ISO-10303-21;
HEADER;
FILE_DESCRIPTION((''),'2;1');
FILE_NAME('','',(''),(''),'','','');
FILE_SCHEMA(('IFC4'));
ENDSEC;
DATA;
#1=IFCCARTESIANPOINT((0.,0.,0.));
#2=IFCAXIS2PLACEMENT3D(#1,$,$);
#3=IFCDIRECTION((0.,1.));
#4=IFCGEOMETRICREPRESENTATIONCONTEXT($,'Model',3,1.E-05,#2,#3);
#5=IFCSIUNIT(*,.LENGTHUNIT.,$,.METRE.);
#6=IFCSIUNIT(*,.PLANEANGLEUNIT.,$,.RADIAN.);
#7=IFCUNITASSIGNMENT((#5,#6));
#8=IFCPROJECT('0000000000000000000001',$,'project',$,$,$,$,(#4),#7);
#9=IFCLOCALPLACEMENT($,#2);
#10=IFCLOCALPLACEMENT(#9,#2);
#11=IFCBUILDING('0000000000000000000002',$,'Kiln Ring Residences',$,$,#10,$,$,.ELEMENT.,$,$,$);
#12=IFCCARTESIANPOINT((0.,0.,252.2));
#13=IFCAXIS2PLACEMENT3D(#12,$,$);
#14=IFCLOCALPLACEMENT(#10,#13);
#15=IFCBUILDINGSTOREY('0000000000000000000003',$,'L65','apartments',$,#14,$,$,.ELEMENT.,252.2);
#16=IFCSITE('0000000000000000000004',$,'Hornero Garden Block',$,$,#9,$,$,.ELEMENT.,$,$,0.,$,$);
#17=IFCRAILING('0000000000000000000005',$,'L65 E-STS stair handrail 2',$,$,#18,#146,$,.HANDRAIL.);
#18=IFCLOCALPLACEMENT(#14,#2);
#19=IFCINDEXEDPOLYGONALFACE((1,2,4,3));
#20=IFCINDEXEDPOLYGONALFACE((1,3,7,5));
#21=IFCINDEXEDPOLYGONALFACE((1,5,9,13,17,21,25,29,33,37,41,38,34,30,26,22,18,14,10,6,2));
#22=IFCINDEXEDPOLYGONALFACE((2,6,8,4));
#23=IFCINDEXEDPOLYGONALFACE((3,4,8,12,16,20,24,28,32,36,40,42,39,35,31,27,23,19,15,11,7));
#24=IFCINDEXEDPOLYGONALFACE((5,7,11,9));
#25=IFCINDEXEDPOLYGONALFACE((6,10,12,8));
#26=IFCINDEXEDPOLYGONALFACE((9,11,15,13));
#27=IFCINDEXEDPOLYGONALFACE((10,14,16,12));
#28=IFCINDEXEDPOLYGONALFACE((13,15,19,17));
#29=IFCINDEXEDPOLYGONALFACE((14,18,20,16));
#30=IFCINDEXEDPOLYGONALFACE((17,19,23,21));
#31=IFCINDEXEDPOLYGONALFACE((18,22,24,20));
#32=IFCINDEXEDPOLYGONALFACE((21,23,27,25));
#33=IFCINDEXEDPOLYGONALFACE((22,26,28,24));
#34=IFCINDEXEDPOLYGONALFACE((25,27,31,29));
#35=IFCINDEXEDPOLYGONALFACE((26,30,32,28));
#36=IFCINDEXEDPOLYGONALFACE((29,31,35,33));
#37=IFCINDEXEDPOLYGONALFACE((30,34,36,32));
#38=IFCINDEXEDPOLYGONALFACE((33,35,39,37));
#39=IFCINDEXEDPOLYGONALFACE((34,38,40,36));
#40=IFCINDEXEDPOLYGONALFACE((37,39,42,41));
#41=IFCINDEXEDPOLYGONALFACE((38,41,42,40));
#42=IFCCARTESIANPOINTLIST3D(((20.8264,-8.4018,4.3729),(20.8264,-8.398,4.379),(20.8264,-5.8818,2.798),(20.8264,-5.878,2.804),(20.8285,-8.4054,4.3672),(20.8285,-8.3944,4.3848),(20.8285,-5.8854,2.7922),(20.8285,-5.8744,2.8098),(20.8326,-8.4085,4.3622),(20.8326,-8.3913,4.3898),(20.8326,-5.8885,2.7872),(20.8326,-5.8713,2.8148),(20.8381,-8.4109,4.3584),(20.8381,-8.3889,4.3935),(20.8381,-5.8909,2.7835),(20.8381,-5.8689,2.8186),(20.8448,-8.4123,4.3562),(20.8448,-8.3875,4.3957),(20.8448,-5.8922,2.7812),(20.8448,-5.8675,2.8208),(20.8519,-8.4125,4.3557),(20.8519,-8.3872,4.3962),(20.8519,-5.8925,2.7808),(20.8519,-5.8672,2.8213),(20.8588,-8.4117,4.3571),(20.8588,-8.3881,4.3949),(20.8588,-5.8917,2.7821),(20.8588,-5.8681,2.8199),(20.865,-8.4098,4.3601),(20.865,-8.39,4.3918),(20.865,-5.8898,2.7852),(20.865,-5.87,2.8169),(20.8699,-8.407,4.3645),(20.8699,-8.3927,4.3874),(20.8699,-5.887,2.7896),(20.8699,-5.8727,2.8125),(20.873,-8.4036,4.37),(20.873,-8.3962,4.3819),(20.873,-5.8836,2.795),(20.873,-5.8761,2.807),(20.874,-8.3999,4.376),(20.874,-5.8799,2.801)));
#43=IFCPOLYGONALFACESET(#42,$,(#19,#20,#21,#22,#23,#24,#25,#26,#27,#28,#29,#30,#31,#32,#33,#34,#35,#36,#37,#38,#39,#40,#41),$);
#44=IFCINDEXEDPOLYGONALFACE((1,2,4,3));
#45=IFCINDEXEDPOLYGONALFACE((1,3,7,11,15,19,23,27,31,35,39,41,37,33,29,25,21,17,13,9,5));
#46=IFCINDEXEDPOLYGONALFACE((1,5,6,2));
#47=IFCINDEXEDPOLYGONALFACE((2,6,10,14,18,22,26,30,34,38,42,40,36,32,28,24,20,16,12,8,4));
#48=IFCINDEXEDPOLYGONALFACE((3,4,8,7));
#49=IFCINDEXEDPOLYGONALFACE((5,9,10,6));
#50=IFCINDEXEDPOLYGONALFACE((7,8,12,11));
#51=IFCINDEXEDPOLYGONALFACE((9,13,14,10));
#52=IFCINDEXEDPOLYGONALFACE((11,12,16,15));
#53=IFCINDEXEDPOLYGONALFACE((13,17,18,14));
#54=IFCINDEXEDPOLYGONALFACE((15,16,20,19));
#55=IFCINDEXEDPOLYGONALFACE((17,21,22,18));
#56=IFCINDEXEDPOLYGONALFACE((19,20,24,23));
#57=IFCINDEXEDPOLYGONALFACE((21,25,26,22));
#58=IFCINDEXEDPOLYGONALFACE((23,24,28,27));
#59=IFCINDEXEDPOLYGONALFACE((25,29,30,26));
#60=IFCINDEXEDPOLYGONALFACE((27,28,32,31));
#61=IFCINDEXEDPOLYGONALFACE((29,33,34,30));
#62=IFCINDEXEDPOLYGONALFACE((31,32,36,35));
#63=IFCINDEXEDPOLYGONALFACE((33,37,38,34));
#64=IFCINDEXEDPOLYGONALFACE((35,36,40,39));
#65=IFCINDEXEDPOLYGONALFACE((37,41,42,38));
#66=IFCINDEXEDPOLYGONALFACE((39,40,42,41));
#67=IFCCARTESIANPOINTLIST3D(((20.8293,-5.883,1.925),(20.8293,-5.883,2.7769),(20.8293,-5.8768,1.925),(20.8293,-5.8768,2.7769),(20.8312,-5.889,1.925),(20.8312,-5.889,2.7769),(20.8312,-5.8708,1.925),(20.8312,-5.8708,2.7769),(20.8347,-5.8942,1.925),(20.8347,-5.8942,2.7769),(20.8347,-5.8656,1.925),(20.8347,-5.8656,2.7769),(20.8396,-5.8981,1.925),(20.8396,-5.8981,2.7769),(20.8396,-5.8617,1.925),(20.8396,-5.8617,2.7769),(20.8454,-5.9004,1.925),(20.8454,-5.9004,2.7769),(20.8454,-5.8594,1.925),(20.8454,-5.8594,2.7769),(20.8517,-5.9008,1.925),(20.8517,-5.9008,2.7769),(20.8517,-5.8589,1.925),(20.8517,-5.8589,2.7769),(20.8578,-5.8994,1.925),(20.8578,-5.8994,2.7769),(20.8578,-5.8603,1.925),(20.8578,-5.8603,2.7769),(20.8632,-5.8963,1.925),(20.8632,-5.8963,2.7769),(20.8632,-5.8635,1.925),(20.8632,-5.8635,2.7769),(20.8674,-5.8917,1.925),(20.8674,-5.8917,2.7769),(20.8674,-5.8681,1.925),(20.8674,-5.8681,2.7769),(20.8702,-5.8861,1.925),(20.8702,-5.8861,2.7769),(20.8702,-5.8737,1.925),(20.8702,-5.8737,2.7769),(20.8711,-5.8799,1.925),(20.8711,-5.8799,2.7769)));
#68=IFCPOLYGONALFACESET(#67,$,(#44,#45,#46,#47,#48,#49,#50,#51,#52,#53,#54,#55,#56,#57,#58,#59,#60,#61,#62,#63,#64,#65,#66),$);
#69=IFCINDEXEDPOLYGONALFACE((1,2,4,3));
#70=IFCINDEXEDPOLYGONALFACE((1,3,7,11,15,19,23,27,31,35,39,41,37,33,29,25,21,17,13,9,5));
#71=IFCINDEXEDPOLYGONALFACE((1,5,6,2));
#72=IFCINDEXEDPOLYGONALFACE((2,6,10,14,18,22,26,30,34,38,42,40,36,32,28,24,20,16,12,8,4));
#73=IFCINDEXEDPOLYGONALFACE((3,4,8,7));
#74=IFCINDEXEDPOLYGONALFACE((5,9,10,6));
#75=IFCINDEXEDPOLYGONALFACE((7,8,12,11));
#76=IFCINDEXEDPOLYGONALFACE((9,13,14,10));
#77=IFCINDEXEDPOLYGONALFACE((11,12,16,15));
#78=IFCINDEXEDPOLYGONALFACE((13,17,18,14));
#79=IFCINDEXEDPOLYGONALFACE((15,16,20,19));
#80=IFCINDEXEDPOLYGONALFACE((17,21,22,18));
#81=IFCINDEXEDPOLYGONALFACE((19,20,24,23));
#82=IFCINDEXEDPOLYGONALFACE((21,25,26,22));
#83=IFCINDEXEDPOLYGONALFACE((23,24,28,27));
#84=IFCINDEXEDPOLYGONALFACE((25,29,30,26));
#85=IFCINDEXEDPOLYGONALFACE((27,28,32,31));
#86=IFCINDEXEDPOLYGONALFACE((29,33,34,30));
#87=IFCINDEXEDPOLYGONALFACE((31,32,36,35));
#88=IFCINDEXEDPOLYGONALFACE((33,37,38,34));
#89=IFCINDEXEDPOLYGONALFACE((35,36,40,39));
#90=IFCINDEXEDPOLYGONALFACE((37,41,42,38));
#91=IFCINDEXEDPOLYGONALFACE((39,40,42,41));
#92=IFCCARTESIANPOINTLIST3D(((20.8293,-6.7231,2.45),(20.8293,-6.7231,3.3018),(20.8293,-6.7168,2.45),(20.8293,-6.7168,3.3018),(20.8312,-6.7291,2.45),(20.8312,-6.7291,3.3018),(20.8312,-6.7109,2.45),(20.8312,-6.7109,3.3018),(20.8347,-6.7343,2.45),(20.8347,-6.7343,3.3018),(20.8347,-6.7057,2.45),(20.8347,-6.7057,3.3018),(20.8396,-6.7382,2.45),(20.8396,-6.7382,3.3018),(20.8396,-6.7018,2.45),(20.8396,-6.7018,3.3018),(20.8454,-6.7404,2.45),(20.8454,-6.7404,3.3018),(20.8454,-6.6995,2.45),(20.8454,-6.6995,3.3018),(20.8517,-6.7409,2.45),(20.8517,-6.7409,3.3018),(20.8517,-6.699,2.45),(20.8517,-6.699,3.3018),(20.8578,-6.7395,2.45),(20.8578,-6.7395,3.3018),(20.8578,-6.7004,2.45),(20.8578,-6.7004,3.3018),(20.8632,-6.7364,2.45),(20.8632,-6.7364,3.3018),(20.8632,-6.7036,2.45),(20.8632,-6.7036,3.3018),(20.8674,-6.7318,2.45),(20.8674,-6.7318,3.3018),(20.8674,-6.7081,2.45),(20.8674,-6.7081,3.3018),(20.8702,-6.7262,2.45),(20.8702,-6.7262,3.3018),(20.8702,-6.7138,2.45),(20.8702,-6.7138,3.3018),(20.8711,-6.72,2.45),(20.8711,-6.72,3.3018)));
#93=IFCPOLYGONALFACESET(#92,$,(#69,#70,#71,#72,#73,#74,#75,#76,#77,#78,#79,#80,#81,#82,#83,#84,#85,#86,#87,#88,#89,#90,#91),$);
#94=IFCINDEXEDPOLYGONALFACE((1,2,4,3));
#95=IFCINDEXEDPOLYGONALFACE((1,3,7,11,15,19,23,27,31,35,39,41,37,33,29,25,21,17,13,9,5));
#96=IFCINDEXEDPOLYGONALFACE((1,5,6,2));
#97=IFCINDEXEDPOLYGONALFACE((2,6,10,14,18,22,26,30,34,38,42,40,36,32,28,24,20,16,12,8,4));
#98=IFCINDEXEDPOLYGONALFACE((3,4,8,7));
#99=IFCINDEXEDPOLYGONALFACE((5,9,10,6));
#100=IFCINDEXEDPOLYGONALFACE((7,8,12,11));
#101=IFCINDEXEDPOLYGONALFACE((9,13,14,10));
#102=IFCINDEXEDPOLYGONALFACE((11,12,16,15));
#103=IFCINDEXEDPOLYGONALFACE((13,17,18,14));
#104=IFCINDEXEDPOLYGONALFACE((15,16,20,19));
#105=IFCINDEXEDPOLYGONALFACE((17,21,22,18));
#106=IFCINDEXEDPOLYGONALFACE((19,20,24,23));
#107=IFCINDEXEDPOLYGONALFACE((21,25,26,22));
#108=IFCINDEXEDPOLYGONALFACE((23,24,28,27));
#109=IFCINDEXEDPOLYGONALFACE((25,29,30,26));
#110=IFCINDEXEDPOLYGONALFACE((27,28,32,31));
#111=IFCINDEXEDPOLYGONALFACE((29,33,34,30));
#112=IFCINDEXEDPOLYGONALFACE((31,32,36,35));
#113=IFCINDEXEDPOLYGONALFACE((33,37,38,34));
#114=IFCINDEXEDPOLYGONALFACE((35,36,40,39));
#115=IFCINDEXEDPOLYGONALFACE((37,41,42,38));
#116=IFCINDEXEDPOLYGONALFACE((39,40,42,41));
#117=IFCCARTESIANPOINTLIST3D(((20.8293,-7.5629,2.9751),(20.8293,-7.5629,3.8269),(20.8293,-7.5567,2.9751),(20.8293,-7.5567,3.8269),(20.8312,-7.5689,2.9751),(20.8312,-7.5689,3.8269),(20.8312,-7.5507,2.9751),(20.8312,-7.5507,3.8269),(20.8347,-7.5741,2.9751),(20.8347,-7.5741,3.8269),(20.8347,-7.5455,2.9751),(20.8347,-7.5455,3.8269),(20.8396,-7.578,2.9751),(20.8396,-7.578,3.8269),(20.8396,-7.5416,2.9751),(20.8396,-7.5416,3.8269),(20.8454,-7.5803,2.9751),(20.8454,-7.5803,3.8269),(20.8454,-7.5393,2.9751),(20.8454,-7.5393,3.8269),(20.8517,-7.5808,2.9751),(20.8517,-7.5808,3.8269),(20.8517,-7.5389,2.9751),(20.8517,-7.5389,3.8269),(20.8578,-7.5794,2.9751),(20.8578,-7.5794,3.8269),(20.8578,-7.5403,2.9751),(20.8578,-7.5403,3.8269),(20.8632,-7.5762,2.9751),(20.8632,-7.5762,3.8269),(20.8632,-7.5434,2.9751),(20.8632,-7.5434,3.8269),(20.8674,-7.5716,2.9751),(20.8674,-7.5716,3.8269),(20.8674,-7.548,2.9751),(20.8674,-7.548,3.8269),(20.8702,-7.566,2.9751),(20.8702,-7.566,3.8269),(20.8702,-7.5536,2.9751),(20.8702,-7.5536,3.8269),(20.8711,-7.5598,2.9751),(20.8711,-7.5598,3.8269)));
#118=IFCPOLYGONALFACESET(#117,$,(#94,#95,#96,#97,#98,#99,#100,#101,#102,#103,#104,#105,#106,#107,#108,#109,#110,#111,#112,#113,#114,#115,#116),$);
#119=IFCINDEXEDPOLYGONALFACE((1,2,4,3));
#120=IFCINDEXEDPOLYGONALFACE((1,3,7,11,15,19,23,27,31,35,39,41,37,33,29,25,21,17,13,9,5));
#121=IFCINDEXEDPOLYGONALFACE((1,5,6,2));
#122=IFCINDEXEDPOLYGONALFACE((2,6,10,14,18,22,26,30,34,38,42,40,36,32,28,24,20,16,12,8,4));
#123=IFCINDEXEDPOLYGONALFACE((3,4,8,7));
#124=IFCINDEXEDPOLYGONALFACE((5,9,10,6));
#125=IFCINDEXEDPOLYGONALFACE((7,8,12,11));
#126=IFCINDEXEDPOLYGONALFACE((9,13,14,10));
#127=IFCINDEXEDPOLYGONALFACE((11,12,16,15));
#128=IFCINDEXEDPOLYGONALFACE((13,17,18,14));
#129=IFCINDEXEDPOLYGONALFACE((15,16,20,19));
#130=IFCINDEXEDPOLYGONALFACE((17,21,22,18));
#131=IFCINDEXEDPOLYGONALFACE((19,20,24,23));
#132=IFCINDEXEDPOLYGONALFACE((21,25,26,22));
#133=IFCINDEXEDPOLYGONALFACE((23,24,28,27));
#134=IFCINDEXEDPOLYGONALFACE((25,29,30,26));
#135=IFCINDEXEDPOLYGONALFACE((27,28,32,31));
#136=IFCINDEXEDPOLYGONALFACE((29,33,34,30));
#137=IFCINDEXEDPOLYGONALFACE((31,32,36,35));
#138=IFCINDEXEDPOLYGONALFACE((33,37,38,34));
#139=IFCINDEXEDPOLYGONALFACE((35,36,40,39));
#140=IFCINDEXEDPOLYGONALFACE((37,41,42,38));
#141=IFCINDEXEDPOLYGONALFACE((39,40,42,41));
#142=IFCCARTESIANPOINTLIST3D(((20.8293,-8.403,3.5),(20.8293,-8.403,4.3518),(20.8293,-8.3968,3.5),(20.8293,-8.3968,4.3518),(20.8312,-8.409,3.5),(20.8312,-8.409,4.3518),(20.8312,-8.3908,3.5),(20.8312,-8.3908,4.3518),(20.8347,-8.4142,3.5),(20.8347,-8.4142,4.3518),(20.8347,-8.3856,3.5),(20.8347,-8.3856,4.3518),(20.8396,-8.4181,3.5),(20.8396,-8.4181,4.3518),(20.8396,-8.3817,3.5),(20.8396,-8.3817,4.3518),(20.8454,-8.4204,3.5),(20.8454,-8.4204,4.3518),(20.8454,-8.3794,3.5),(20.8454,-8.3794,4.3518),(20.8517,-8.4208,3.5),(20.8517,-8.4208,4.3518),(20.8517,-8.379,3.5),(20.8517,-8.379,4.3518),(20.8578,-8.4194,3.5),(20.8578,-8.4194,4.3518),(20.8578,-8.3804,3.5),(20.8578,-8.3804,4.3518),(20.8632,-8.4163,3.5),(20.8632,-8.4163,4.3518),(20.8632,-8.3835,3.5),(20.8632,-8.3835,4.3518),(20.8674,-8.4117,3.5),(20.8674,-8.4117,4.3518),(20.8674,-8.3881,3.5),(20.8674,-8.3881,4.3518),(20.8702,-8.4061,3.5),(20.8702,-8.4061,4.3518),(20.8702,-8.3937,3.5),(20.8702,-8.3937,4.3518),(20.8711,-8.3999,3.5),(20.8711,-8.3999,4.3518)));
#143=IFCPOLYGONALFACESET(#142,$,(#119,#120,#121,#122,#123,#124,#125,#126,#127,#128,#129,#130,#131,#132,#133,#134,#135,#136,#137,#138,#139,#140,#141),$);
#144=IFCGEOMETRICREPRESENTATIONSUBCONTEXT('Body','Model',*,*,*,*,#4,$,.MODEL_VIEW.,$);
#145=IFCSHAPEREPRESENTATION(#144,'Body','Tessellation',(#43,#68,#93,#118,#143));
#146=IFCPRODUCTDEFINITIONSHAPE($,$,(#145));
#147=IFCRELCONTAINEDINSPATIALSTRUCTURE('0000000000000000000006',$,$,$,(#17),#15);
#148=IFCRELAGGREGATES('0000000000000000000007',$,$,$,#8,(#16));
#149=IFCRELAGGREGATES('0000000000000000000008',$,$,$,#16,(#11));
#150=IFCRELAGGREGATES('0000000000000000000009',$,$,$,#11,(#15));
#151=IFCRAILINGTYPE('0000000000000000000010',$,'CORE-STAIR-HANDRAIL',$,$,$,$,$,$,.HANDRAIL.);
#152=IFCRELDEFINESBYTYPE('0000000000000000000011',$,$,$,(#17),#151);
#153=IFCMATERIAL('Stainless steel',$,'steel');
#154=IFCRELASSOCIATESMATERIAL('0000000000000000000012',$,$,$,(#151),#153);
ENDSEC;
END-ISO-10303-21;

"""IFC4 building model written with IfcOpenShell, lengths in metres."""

from ifc_helpers import new_model, si_unit, direction, frame, origin, origin_2d, place, context, subcontext, project, spatial, circle, extrude, material, type_object, element, save


model = new_model("IFC4")

# Units and contexts
model_context = context("Model", 3, precision=1e-05, world=origin(), true_north=direction((0.0, 1.0)))
body_context = subcontext(model_context, "Body", "Model", "MODEL_VIEW")
ifc_project = project(units=[si_unit("LENGTHUNIT", "METRE"), si_unit("PLANEANGLEUNIT", "RADIAN")], contexts=[model_context])

# Site, building, storey
site_placement = place(None, origin())
site = spatial("IfcSite", under=ifc_project, at=site_placement, Name="Hornero Garden Block", CompositionType="ELEMENT", RefElevation=0.0)
building_placement = place(site_placement, origin())
building = spatial("IfcBuilding", under=site, at=building_placement, Name="Kiln Ring Residences", CompositionType="ELEMENT")
storey_placement = place(building_placement, frame((0.0, 0.0, 252.2)))
storey = spatial("IfcBuildingStorey", under=building, at=storey_placement, Name="L65", Description="apartments", CompositionType="ELEMENT", Elevation=252.2)

# Railing
ifc_material_1 = material(Name="Stainless steel", Category="steel")
railing_type_1 = type_object("IfcRailingType", Name="CORE-STAIR-HANDRAIL", PredefinedType="HANDRAIL", material=ifc_material_1)
railing_1_placement = place(storey_placement, frame((20.8501, -5.8799, 1.925)))
element("IfcRailing", 1, at=railing_1_placement, inside=storey, type_object=railing_type_1, Name="L65 E-STS stair handrail 2", PredefinedType="HANDRAIL", context=body_context, shape_type="SweptSolid", body=[
    extrude(circle(Radius=0.0239, at=origin_2d()), frame((0.0, 0.0, 0.876), z_axis=(0.0, -0.848008, 0.529984), x_axis=(1.0, 0.0, 0.0)), (0.0, 0.0, 1.0), 2.9717),
    extrude(circle(Radius=0.021, at=origin_2d()), origin(), (0.0, 0.0, 1.0), 0.8518),
    extrude(circle(Radius=0.021, at=origin_2d()), frame((0.0, -0.8401, 0.5249)), (0.0, 0.0, 1.0), 0.8518),
    extrude(circle(Radius=0.021, at=origin_2d()), frame((0.0, -1.6799, 1.05)), (0.0, 0.0, 1.0), 0.8518),
    extrude(circle(Radius=0.021, at=origin_2d()), frame((0.0, -2.52, 1.575)), (0.0, 0.0, 1.0), 0.8518),
])

save(model, "model.ifc")
